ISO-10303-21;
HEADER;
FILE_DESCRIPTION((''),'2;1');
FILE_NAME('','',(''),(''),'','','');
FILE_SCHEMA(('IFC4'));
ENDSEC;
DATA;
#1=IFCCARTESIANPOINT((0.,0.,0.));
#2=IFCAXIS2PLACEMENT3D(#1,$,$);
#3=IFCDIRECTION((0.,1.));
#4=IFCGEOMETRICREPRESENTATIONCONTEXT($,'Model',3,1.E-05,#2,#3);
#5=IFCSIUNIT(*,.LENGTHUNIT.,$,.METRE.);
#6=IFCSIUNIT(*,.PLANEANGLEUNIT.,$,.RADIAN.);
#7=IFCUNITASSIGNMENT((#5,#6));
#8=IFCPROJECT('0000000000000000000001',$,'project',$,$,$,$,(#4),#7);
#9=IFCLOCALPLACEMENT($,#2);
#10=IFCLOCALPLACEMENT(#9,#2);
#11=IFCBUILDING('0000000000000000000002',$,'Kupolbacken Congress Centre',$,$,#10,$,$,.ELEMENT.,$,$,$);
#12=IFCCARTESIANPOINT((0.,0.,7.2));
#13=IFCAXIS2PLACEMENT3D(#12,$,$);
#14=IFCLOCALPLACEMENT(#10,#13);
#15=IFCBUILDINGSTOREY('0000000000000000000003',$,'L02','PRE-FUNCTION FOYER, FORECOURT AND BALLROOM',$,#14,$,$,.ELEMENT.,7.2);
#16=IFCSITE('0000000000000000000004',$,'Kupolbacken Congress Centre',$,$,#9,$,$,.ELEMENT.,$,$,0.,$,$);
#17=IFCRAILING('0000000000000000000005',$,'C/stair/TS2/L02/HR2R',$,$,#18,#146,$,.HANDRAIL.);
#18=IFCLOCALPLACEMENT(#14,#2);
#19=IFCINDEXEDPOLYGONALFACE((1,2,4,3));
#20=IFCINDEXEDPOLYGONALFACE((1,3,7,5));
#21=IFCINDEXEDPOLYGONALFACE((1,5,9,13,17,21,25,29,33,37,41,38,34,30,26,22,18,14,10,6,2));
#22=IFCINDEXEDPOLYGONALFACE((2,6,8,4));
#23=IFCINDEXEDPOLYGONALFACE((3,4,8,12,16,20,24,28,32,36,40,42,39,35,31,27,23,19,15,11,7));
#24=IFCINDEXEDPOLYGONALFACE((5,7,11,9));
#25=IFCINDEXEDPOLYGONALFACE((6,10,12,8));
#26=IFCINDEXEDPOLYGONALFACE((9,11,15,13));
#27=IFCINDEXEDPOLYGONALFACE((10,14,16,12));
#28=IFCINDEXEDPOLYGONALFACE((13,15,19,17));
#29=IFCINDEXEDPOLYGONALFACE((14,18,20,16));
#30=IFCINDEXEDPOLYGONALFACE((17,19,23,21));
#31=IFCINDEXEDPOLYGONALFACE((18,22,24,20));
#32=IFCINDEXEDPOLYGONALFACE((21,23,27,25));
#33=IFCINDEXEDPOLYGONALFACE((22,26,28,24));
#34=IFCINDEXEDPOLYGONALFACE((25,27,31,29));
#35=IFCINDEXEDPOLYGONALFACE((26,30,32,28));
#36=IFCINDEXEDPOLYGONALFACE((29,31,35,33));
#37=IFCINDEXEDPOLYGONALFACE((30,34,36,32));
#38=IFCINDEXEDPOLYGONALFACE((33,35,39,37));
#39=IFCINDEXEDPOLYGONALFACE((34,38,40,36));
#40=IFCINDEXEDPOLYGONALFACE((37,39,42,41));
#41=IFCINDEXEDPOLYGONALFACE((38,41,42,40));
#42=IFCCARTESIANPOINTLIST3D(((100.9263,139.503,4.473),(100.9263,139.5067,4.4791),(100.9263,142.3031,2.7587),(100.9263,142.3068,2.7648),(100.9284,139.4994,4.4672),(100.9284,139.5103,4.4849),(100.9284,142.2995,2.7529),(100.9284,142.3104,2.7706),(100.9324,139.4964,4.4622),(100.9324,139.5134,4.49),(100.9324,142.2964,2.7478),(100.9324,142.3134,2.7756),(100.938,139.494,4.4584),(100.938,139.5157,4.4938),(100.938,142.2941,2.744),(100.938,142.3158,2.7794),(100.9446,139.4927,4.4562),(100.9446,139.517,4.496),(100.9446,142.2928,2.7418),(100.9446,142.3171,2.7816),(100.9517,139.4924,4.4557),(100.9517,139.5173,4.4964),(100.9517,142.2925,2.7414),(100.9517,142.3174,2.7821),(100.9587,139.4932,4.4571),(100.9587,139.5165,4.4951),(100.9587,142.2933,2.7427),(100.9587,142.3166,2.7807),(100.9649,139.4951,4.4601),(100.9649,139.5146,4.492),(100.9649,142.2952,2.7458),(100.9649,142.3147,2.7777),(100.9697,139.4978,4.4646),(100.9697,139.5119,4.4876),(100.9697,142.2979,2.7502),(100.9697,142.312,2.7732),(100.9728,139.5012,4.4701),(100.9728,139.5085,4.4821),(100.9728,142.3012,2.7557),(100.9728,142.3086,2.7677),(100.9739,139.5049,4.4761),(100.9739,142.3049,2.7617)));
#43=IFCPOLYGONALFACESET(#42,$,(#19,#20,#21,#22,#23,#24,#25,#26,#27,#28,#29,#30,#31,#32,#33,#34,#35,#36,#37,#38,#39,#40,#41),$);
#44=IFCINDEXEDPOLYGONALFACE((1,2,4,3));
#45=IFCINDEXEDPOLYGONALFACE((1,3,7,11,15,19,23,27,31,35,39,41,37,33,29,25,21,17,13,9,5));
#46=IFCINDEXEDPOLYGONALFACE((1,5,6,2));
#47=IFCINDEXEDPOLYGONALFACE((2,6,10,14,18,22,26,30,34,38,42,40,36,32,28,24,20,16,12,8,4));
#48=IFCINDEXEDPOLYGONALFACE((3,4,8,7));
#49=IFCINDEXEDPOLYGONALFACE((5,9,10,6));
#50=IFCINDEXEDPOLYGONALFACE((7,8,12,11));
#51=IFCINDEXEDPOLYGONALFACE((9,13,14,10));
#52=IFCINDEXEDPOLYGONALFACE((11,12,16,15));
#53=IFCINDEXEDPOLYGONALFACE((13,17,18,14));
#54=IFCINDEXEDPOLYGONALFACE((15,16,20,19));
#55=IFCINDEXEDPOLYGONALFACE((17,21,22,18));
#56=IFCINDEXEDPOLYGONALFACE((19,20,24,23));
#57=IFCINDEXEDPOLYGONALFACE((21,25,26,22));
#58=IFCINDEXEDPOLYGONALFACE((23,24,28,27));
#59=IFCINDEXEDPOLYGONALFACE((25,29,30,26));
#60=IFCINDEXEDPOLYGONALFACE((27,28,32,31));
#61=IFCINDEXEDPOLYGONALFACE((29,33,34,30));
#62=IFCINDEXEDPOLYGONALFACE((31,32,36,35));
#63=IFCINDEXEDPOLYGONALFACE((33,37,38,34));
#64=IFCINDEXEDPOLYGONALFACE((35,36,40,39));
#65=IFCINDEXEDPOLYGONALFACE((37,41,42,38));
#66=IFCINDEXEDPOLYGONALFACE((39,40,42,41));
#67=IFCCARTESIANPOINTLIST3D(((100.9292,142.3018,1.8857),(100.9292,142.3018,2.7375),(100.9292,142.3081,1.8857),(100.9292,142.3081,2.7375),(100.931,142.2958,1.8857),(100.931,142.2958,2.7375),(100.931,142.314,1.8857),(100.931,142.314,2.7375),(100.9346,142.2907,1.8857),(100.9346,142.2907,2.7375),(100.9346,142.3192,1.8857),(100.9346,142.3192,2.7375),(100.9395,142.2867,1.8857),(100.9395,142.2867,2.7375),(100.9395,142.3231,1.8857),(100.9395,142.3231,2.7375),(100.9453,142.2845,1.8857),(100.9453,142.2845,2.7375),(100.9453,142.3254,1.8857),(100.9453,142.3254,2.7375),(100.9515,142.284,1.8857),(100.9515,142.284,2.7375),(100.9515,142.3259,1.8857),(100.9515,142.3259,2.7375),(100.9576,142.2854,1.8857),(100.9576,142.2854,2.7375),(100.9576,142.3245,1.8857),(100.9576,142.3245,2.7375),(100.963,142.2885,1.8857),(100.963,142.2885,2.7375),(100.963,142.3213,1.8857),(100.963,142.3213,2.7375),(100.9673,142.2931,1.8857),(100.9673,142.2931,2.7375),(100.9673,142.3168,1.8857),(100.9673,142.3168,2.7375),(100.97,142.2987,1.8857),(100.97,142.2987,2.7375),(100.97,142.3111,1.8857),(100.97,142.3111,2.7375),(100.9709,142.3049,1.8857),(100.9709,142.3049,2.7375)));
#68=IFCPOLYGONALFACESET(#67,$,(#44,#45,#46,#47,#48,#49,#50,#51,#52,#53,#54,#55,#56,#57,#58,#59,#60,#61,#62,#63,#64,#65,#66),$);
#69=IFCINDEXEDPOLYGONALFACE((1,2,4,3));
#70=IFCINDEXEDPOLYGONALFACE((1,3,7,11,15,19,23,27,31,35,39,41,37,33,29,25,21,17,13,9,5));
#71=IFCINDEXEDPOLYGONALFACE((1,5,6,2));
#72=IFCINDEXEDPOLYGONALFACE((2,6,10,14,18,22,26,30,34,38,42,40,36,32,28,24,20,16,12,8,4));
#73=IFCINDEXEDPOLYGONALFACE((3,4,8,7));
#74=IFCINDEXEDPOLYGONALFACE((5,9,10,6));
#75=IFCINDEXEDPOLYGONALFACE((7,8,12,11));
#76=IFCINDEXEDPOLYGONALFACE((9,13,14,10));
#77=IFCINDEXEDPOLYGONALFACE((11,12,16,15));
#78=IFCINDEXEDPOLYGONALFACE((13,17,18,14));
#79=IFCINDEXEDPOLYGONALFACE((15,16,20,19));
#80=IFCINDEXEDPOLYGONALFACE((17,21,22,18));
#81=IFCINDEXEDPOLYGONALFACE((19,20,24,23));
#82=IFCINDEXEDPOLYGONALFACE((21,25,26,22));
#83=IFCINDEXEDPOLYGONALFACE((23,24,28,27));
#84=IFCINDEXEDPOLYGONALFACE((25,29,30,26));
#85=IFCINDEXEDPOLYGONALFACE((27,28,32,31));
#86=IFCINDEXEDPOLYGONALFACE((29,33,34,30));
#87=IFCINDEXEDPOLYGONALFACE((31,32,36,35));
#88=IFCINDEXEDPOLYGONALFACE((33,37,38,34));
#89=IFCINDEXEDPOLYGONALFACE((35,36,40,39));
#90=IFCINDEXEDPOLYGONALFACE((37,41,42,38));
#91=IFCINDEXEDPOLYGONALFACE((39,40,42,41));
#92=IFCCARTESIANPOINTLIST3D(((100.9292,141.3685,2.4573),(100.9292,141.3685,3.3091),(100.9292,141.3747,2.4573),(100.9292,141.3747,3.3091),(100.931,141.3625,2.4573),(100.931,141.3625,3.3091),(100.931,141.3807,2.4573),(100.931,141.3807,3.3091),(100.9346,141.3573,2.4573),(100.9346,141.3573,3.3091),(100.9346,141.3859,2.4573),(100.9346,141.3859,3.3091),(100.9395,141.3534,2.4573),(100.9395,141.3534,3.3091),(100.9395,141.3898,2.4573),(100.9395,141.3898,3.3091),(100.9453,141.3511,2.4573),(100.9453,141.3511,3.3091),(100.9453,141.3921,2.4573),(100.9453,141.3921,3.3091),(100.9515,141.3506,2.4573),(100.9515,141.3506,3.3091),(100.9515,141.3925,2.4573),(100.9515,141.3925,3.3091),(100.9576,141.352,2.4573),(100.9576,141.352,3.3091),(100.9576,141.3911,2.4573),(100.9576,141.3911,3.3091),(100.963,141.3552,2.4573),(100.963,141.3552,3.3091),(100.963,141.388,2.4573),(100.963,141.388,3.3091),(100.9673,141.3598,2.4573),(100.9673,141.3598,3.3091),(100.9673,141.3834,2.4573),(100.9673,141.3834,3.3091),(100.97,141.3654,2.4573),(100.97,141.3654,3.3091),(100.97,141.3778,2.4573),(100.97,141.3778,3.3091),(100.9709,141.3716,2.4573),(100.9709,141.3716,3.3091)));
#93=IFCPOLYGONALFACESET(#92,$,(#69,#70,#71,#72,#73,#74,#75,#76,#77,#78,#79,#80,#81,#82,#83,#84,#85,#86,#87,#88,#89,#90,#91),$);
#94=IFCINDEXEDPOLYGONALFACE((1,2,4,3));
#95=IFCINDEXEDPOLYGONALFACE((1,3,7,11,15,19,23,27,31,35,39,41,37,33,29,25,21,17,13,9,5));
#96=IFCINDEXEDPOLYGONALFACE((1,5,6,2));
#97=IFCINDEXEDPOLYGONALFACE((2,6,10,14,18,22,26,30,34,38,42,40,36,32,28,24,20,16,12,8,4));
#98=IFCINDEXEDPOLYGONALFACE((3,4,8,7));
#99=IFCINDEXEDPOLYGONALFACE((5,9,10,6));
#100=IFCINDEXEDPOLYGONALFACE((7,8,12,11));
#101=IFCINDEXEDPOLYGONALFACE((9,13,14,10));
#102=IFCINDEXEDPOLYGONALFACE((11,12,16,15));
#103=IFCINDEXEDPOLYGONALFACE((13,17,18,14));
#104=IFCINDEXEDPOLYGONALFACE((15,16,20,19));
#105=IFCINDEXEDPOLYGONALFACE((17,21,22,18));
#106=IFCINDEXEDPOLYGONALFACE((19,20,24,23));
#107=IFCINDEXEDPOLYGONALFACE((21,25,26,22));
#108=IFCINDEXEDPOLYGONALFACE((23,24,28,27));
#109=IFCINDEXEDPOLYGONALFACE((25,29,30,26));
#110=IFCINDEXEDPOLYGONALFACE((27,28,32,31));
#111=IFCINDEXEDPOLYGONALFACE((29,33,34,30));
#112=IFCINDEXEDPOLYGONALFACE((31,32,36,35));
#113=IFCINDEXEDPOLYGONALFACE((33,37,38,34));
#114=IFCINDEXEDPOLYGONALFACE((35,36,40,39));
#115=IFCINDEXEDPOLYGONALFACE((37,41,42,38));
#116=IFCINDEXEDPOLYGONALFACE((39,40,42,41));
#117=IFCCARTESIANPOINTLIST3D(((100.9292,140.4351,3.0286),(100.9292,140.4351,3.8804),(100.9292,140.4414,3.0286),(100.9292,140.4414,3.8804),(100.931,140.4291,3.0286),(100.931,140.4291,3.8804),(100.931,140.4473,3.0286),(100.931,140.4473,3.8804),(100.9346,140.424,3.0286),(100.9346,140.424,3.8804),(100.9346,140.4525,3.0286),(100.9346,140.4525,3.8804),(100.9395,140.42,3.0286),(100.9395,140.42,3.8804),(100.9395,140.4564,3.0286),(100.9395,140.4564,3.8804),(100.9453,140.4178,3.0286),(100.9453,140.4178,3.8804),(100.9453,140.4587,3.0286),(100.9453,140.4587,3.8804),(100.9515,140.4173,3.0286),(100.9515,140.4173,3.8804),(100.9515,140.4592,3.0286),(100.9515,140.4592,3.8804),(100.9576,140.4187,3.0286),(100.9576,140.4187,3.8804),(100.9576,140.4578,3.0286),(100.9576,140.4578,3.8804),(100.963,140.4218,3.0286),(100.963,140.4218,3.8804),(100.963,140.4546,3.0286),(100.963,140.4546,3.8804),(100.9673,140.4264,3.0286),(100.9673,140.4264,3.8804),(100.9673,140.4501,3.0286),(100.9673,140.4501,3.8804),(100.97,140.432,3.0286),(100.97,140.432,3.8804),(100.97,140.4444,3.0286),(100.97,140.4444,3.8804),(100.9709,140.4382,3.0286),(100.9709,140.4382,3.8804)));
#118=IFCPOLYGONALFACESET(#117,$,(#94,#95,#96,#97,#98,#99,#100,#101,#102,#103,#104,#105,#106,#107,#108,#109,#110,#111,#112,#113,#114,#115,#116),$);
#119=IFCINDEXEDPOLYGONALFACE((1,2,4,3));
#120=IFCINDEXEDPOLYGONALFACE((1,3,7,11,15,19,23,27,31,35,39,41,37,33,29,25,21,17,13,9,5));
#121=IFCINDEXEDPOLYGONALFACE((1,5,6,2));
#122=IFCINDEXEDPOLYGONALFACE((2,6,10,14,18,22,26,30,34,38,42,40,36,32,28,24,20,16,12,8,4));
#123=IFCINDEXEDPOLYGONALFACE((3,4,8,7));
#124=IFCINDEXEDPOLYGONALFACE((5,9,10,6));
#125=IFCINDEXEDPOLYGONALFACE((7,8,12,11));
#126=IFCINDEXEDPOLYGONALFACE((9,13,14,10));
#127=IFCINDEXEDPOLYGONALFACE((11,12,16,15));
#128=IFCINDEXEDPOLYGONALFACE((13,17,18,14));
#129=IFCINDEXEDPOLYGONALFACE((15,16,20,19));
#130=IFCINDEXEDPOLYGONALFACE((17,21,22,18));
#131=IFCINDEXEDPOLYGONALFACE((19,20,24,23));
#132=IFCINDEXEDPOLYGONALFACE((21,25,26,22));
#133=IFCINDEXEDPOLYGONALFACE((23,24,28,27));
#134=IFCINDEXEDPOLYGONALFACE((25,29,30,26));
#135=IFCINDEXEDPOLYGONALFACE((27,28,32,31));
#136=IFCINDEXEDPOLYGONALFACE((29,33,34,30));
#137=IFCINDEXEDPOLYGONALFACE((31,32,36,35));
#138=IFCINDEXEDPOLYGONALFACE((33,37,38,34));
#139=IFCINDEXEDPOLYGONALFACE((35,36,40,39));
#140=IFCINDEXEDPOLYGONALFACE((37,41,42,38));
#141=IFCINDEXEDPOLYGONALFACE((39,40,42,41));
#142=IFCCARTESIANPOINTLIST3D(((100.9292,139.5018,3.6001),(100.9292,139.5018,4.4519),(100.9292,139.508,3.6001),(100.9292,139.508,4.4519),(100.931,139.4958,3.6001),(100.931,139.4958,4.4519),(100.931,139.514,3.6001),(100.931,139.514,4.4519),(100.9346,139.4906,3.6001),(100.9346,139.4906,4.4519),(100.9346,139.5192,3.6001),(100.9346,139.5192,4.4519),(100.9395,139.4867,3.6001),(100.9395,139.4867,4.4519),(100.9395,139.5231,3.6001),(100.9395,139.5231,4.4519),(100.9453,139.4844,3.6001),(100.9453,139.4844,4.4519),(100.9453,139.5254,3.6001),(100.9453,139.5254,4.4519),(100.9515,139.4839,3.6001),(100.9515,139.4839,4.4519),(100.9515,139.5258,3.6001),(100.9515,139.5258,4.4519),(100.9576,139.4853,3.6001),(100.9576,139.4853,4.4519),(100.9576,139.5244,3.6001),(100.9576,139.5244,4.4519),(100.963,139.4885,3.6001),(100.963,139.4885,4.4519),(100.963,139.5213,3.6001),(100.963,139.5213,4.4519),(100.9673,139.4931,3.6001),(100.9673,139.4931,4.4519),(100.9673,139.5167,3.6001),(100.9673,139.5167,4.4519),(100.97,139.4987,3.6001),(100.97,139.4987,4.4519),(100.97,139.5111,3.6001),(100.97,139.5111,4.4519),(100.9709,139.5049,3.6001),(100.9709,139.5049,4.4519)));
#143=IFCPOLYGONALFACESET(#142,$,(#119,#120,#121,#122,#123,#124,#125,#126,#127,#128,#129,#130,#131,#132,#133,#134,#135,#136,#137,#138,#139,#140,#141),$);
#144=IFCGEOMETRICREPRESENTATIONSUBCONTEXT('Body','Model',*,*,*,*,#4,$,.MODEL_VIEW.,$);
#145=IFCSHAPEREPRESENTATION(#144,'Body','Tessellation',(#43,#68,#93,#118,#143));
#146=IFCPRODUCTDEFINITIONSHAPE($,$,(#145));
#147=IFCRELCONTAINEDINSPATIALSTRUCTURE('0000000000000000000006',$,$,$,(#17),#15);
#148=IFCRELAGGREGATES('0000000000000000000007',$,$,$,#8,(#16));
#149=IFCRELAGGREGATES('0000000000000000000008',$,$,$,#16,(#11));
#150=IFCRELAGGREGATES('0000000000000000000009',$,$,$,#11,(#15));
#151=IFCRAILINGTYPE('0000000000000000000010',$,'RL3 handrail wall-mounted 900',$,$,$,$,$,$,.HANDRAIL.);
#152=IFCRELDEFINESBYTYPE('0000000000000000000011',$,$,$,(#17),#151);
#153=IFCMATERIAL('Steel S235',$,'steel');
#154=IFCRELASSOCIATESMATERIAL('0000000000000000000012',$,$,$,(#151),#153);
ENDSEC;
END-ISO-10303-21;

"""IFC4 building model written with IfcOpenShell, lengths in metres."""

from ifc_helpers import new_model, si_unit, direction, frame, origin, origin_2d, place, context, subcontext, project, spatial, circle, extrude, material, type_object, element, save


model = new_model("IFC4")

# Units and contexts
model_context = context("Model", 3, precision=1e-05, world=origin(), true_north=direction((0.0, 1.0)))
body_context = subcontext(model_context, "Body", "Model", "MODEL_VIEW")
ifc_project = project(units=[si_unit("LENGTHUNIT", "METRE"), si_unit("PLANEANGLEUNIT", "RADIAN")], contexts=[model_context])

# Site, building, storey
site_placement = place(None, origin())
site = spatial("IfcSite", under=ifc_project, at=site_placement, Name="Kupolbacken Congress Centre", CompositionType="ELEMENT", RefElevation=0.0)
building_placement = place(site_placement, origin())
building = spatial("IfcBuilding", under=site, at=building_placement, Name="Kupolbacken Congress Centre", CompositionType="ELEMENT")
storey_placement = place(building_placement, frame((0.0, 0.0, 7.2)))
storey = spatial("IfcBuildingStorey", under=building, at=storey_placement, Name="L02", Description="PRE-FUNCTION FOYER, FORECOURT AND BALLROOM", CompositionType="ELEMENT", Elevation=7.2)

# Railing
ifc_material_1 = material(Name="Steel S235", Category="steel")
railing_type = type_object("IfcRailingType", Name="RL3 handrail wall-mounted 900", PredefinedType="HANDRAIL", material=ifc_material_1)
for number, where, name in (
    (1, (100.95, 142.3049, 1.8857), "C/stair/TS2/L02/HR2R"),
):
    element("IfcRailing", number, at=place(storey_placement, frame(where)), inside=storey, type_object=railing_type, Name=name, PredefinedType="HANDRAIL", context=body_context, shape_type="SweptSolid", body=[
        extrude(circle(Radius=0.0239, at=origin_2d()), frame((0.0, 0.0, 0.876), z_axis=(0.0, -0.852846, 0.522163), x_axis=(1.0, 0.0, 0.0)), (0.0, 0.0, 1.0), 3.2832),
        extrude(circle(Radius=0.021, at=origin_2d()), origin(), (0.0, 0.0, 1.0), 0.8518),
        extrude(circle(Radius=0.021, at=origin_2d()), frame((0.0, -0.9333, 0.5715)), (0.0, 0.0, 1.0), 0.8518),
        extrude(circle(Radius=0.021, at=origin_2d()), frame((0.0, -1.8667, 1.1428)), (0.0, 0.0, 1.0), 0.8518),
        extrude(circle(Radius=0.021, at=origin_2d()), frame((0.0, -2.8, 1.7144)), (0.0, 0.0, 1.0), 0.8518),
    ])

save(model, "model.ifc")
